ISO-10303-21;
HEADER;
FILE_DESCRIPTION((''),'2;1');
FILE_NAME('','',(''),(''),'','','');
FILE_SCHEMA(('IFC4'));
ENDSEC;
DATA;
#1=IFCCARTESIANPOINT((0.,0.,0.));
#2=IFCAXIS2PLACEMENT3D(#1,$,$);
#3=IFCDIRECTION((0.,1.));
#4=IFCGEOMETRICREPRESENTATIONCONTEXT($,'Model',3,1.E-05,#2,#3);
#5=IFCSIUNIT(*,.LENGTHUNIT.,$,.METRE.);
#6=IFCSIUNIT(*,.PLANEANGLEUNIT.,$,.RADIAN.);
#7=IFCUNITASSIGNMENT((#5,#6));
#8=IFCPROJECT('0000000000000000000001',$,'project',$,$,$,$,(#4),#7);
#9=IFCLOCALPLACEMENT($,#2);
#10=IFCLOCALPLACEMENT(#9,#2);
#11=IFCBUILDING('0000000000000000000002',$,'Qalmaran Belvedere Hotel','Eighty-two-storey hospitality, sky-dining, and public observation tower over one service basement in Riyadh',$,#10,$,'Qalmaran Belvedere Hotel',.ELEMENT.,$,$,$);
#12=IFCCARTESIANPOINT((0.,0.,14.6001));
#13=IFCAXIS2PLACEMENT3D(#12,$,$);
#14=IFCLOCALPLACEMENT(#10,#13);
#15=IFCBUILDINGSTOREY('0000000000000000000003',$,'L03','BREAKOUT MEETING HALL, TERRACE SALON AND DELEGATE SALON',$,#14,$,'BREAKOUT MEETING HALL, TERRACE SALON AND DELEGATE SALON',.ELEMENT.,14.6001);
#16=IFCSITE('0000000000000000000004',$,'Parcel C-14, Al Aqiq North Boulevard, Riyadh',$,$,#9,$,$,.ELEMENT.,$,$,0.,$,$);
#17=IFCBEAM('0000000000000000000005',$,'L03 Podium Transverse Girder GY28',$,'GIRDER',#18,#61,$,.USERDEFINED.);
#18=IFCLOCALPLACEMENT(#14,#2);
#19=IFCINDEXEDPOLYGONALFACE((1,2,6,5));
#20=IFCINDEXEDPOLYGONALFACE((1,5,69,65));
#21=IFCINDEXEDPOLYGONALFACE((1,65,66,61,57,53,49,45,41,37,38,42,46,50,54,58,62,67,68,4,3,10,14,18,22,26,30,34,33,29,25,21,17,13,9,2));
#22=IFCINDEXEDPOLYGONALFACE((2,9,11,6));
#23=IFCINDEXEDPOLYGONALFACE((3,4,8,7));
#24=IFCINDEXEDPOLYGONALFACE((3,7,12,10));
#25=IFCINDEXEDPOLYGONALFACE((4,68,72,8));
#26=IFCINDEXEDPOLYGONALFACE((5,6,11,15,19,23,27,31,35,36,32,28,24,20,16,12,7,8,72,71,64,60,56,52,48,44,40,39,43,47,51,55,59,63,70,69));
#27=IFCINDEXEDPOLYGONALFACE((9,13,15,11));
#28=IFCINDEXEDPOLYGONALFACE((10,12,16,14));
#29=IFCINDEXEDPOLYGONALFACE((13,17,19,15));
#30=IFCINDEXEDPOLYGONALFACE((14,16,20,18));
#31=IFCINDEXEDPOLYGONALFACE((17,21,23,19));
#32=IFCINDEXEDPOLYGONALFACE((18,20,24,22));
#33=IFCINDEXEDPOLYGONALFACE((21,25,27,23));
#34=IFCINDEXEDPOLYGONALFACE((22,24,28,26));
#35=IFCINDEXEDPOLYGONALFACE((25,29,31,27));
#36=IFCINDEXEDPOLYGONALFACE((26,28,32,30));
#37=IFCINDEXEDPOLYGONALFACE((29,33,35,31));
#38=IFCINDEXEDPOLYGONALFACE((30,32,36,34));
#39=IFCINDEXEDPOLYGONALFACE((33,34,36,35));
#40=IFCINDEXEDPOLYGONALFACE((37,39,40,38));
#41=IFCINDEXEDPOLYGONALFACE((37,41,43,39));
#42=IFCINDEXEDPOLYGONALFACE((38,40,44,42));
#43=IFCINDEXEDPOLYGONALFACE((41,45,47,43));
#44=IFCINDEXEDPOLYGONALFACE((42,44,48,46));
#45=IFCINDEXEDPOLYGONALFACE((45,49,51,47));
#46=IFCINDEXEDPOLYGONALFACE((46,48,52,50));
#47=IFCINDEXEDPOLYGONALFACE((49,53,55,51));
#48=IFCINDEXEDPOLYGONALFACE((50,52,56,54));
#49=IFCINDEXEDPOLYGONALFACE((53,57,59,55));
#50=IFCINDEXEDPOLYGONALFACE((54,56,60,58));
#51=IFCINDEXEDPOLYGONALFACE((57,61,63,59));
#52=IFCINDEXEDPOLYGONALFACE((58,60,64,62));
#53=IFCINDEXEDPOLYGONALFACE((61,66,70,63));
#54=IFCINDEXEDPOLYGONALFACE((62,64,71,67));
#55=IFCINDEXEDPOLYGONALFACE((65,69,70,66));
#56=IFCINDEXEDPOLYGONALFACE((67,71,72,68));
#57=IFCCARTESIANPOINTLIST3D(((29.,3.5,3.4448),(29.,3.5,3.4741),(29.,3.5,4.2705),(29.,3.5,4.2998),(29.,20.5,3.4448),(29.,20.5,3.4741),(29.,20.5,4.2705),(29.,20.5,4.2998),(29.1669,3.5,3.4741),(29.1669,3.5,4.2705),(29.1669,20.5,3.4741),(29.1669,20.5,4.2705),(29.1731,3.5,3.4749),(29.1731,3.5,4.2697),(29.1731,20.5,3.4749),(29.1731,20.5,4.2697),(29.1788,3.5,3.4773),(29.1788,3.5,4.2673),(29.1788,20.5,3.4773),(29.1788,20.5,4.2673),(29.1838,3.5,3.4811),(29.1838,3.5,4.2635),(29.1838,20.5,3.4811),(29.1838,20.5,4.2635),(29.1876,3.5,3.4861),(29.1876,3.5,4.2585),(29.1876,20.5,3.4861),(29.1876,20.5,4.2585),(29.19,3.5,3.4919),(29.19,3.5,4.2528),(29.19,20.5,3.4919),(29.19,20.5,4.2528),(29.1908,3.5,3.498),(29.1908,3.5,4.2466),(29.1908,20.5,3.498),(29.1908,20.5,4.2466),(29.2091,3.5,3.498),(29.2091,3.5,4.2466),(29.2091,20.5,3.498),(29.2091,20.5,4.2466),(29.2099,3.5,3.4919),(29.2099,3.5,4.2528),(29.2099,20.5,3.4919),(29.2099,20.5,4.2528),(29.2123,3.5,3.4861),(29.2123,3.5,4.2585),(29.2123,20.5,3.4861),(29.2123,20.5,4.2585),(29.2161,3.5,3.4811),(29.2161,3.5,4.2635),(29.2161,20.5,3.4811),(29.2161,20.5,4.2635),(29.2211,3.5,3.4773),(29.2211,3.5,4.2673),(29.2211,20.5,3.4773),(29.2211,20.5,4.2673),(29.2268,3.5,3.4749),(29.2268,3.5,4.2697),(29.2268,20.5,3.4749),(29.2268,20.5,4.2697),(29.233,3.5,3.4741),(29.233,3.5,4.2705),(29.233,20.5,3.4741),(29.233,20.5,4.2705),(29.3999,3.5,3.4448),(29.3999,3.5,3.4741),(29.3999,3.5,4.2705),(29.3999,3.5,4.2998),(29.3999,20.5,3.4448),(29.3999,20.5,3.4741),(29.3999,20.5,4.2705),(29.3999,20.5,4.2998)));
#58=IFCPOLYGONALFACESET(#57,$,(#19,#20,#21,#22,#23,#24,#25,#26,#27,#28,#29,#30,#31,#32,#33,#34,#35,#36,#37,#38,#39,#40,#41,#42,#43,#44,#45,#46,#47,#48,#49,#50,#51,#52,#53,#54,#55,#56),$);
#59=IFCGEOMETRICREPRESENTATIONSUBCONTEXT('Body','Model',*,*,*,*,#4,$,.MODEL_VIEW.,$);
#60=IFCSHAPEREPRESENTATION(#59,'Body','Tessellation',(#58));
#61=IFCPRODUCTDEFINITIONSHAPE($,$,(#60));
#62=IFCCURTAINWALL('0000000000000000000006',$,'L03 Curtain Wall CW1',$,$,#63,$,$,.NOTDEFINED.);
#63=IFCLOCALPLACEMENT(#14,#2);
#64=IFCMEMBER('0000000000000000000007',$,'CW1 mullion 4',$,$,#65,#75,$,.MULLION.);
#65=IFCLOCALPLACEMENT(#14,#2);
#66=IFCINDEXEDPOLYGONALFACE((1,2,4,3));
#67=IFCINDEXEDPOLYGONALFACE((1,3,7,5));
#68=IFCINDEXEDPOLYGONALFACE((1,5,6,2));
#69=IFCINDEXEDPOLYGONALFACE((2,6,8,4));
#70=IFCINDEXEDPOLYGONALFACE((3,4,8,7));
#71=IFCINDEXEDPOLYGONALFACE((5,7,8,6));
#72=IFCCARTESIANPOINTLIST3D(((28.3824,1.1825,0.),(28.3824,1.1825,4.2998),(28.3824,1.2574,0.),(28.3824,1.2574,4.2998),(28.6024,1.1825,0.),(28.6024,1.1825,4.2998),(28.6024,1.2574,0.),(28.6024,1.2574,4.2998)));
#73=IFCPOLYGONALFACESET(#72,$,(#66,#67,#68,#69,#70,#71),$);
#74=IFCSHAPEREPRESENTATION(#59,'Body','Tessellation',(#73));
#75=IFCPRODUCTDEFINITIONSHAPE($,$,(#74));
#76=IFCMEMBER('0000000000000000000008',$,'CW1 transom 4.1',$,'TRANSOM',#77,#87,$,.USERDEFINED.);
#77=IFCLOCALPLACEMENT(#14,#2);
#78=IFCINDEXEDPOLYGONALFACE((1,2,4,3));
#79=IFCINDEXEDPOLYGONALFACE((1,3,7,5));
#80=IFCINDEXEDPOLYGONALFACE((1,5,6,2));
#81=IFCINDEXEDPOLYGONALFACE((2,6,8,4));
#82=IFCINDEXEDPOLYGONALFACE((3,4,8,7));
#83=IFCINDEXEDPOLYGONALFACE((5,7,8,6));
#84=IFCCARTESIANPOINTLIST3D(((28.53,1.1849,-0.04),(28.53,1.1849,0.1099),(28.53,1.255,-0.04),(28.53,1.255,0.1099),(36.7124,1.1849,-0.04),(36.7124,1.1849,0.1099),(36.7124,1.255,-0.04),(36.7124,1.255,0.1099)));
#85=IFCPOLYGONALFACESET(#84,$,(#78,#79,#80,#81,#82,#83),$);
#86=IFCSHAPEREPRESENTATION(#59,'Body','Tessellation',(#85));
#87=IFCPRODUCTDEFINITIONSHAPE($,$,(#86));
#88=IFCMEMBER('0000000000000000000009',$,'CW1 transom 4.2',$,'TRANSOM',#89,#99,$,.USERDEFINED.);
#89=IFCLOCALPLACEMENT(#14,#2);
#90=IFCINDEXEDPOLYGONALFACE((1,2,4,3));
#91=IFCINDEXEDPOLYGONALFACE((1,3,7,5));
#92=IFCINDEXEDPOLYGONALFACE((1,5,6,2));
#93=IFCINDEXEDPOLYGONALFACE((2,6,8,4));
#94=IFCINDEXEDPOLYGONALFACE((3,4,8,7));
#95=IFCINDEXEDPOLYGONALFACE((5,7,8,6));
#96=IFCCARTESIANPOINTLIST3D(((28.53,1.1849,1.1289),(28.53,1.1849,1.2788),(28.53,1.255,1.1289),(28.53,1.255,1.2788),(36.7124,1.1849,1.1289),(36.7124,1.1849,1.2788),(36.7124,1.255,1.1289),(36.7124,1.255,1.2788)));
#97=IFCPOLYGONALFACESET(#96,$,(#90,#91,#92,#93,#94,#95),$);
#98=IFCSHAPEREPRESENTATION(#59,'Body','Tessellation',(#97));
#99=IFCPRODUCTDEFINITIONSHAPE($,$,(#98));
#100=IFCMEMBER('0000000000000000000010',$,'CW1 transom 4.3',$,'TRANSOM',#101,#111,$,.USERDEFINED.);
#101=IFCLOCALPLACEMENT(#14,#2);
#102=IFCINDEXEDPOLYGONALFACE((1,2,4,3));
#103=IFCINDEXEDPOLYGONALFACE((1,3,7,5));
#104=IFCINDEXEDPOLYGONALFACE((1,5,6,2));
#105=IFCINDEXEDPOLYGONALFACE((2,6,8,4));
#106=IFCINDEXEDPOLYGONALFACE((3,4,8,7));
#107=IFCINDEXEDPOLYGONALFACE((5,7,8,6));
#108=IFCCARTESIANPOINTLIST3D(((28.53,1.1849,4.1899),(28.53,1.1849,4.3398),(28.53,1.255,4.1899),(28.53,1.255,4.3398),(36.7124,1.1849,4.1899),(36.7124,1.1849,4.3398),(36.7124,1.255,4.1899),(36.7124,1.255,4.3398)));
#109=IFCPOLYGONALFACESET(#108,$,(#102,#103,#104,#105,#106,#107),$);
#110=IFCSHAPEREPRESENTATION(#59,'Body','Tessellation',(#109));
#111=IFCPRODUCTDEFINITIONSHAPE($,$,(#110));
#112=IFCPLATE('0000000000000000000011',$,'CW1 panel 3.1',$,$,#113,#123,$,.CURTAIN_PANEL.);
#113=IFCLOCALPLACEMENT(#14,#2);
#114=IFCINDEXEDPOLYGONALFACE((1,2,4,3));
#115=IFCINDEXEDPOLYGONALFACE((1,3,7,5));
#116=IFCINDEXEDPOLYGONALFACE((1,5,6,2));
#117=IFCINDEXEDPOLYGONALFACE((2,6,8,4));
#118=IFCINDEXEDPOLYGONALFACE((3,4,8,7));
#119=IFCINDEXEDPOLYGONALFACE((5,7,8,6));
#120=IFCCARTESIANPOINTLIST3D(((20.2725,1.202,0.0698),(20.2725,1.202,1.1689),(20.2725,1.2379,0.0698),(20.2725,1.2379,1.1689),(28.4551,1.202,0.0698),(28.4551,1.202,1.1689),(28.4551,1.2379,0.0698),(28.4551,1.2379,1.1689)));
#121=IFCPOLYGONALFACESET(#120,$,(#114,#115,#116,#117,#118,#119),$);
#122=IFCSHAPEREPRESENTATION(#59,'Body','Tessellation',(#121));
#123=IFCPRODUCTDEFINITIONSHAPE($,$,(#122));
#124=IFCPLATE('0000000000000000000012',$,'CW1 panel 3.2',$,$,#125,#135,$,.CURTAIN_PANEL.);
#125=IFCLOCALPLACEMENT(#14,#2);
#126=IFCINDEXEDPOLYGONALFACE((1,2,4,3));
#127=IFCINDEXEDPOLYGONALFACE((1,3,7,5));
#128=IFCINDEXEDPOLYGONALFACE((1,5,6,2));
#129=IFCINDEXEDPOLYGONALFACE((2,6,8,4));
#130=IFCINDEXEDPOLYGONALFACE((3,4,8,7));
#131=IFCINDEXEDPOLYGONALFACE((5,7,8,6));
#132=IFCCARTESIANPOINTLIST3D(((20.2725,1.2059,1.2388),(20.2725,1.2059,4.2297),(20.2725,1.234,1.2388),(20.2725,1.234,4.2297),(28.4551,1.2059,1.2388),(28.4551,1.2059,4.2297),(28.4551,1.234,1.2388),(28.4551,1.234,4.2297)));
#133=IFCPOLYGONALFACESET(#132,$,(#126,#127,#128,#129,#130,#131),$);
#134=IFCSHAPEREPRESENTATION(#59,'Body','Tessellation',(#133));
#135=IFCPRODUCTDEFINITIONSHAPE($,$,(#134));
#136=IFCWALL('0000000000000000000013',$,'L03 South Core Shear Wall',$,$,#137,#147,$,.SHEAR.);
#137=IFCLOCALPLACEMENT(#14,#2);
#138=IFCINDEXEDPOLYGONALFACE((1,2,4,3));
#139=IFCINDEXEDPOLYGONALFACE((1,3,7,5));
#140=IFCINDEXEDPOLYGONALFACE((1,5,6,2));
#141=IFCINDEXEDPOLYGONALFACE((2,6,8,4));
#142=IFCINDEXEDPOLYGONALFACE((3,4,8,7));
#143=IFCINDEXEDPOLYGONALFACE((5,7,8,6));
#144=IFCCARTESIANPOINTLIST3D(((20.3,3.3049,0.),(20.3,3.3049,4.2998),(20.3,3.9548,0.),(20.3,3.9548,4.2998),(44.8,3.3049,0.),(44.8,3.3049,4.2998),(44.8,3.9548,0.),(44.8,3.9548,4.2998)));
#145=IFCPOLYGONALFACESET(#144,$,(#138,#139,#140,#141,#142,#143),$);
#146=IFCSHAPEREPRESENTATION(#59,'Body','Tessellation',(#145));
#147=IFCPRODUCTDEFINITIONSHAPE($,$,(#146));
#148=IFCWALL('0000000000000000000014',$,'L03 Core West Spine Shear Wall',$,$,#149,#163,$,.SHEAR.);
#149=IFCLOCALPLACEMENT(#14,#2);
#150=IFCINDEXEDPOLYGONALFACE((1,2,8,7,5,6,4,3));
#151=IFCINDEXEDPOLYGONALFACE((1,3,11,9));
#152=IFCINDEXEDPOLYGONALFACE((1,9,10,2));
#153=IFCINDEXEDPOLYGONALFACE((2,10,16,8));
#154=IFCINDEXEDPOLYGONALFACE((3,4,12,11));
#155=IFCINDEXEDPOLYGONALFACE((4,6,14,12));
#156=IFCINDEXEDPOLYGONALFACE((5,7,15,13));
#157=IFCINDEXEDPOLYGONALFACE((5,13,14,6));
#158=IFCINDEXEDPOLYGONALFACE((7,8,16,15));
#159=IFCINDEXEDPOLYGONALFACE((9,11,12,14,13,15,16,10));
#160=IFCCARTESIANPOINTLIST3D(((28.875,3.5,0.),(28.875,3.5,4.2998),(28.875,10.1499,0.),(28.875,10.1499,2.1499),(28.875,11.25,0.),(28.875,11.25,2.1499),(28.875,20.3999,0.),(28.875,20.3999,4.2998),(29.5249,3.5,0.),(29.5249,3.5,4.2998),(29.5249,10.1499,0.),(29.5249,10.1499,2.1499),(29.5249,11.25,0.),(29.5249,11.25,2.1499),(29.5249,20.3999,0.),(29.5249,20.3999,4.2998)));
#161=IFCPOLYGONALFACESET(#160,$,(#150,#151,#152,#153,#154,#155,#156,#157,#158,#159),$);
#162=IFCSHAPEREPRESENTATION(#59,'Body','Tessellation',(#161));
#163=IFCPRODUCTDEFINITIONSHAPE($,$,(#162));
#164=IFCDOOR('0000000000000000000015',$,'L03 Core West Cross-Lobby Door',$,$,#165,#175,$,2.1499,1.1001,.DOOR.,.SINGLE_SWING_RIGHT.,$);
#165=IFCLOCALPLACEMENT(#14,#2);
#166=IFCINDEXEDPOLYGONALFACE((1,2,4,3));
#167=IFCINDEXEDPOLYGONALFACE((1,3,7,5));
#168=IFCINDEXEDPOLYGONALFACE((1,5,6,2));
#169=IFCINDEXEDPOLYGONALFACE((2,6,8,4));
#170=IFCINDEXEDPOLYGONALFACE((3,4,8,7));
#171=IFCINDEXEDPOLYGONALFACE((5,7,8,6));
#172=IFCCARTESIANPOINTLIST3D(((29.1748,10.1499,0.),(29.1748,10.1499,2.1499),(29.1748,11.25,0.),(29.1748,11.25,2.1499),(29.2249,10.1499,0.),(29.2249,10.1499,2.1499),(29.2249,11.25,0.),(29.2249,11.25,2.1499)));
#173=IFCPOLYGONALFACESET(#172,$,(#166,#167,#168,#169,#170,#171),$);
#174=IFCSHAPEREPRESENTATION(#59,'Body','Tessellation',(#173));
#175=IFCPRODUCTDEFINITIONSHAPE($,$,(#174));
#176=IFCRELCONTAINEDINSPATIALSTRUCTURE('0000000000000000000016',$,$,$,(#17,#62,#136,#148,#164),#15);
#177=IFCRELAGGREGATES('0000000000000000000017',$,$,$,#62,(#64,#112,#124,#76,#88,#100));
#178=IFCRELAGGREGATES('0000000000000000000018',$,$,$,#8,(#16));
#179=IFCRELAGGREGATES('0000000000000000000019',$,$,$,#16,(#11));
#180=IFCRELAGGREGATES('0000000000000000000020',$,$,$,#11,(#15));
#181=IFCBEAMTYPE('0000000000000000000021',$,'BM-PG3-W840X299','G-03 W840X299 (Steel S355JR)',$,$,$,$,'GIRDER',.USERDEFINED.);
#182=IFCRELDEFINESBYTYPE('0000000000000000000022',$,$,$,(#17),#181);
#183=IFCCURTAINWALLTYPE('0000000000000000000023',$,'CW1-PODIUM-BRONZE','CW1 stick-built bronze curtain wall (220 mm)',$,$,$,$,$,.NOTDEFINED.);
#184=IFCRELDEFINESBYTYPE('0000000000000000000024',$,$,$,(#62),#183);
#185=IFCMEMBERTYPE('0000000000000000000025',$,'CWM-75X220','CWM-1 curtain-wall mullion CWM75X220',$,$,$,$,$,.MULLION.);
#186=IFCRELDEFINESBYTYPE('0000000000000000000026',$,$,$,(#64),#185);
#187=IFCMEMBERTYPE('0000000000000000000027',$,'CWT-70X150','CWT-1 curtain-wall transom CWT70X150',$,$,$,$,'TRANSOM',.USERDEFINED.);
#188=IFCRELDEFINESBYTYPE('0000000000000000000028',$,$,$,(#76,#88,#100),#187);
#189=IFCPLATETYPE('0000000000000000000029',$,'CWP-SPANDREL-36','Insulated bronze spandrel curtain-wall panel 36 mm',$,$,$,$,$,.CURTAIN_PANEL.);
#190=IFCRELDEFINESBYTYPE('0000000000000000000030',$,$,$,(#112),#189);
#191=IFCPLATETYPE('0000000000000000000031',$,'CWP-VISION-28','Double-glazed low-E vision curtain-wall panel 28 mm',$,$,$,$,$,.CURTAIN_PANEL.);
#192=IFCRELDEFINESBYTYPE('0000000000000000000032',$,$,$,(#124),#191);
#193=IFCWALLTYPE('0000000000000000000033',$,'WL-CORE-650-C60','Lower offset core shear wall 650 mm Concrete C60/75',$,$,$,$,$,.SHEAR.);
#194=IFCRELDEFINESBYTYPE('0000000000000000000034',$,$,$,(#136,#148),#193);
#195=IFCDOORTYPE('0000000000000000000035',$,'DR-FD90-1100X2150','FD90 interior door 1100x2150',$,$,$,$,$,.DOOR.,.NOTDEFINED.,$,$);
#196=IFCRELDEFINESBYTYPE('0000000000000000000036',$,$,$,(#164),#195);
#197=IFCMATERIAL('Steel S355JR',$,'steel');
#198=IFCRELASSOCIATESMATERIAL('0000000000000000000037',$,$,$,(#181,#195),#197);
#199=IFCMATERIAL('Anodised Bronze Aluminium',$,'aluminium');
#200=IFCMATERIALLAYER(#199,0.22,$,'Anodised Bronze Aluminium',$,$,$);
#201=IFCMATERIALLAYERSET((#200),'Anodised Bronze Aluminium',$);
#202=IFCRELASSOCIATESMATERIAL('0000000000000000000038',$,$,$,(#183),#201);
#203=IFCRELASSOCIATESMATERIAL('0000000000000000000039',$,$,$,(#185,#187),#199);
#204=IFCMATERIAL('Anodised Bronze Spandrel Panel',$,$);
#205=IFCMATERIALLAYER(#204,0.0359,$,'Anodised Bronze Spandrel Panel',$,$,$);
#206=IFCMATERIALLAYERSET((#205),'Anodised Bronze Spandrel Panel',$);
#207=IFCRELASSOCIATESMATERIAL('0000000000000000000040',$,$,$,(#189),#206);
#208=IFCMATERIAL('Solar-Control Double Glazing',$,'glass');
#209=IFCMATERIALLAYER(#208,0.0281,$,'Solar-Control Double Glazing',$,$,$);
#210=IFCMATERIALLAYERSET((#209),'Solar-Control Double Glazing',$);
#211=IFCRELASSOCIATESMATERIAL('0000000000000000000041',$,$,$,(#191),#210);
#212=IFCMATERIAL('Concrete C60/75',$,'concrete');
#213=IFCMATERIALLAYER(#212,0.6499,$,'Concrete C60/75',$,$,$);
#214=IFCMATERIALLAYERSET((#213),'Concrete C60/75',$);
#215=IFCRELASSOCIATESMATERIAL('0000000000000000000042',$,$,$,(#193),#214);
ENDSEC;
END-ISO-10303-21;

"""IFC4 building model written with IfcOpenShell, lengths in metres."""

from ifc_helpers import new_model, si_unit, direction, frame, frame_2d, origin, origin_2d, place, context, subcontext, project, spatial, rectangle, i_section, extrude, material, layer, layer_set, material_profile, profile_set, type_object, element, fill, aggregate, save


model = new_model("IFC4")

# Units and contexts
model_context = context("Model", 3, precision=1e-05, world=origin(), true_north=direction((0.0, 1.0)))
body_context = subcontext(model_context, "Body", "Model", "MODEL_VIEW")
ifc_project = project(units=[si_unit("LENGTHUNIT", "METRE"), si_unit("PLANEANGLEUNIT", "RADIAN")], contexts=[model_context])

# Site, building, storey
site_placement = place(None, origin())
site = spatial("IfcSite", under=ifc_project, at=site_placement, Name="Parcel C-14, Al Aqiq North Boulevard, Riyadh", CompositionType="ELEMENT", RefElevation=0.0)
building_placement = place(site_placement, origin())
building = spatial("IfcBuilding", under=site, at=building_placement, Name="Qalmaran Belvedere Hotel", Description="Eighty-two-storey hospitality, sky-dining, and public observation tower over one service basement in Riyadh", LongName="Qalmaran Belvedere Hotel", CompositionType="ELEMENT")
storey_placement = place(building_placement, frame((0.0, 0.0, 14.6001)))
storey = spatial("IfcBuildingStorey", under=building, at=storey_placement, Name="L03", Description="BREAKOUT MEETING HALL, TERRACE SALON AND DELEGATE SALON", LongName="BREAKOUT MEETING HALL, TERRACE SALON AND DELEGATE SALON", CompositionType="ELEMENT", Elevation=14.6001)

# Shared definitions
ifc_material_1 = material(Name="Concrete C60/75", Category="concrete")

# Beam
ifc_material_2 = material(Name="Steel S355JR", Category="steel")
ifc_material_profile_1 = material_profile(ifc_material_2, i_section(OverallWidth=0.3999, OverallDepth=0.855, WebThickness=0.0183, FlangeThickness=0.0293, FilletRadius=0.0239, at=origin_2d()), Name="W840X299")
ifc_profile_set_1 = profile_set([ifc_material_profile_1], Name="Steel S355JR")
beam_type_1 = type_object("IfcBeamType", Name="BM-PG3-W840X299", Description="G-03 W840X299 (Steel S355JR)", ElementType="GIRDER", PredefinedType="USERDEFINED", material=ifc_profile_set_1)
beam_1_placement = place(storey_placement, frame((29.2, 3.5, 3.8723), z_axis=(0.0, 1.0, 0.0), x_axis=(-1.0, 0.0, 0.0)))
element("IfcBeam", 1, at=beam_1_placement, inside=storey, type_object=beam_type_1, Name="L03 Podium Transverse Girder GY28", ObjectType="GIRDER", PredefinedType="USERDEFINED", context=body_context, shape_type="SweptSolid", body=[
    extrude(i_section(OverallWidth=0.3999, OverallDepth=0.855, WebThickness=0.0183, FlangeThickness=0.0293, FilletRadius=0.0239, at=origin_2d()), origin(), (0.0, 0.0, 1.0), 17.0),
])

# Curtain wall, members, plates
ifc_material_3 = material(Name="Anodised Bronze Aluminium", Category="aluminium")
ifc_layer_1 = layer(ifc_material_3, 0.22, Name="Anodised Bronze Aluminium")
ifc_layer_set_1 = layer_set([ifc_layer_1], Name="Anodised Bronze Aluminium")
curtain_wall_type = type_object("IfcCurtainWallType", Name="CW1-PODIUM-BRONZE", Description="CW1 stick-built bronze curtain wall (220 mm)", PredefinedType="NOTDEFINED", material=ifc_layer_set_1)
curtain_wall_placement = place(storey_placement, origin())
curtain_wall = element("IfcCurtainWall", 2, at=curtain_wall_placement, inside=storey, type_object=curtain_wall_type, Name="L03 Curtain Wall CW1", PredefinedType="NOTDEFINED")
ifc_material_profile_2 = material_profile(ifc_material_3, rectangle(XDim=0.075, YDim=0.22, at=origin_2d()), Name="CWM75X220")
ifc_profile_set_2 = profile_set([ifc_material_profile_2], Name="Anodised Bronze Aluminium")
member_type_1 = type_object("IfcMemberType", Name="CWM-75X220", Description="CWM-1 curtain-wall mullion CWM75X220", PredefinedType="MULLION", material=ifc_profile_set_2)
member_1_placement = place(storey_placement, frame((28.4924, 1.22, 0.0), z_axis=(0.0, 0.0, 1.0), x_axis=(0.0, 1.0, 0.0)))
member_1 = element("IfcMember", 3, at=member_1_placement, type_object=member_type_1, Name="CW1 mullion 4", PredefinedType="MULLION", context=body_context, shape_type="SweptSolid", body=[
    extrude(rectangle(XDim=0.075, YDim=0.22, at=origin_2d()), origin(), (0.0, 0.0, 1.0), 4.2998),
])
ifc_material_profile_3 = material_profile(ifc_material_3, rectangle(XDim=0.0701, YDim=0.1499, at=origin_2d()), Name="CWT70X150")
ifc_profile_set_3 = profile_set([ifc_material_profile_3], Name="Anodised Bronze Aluminium")
member_type_2 = type_object("IfcMemberType", Name="CWT-70X150", Description="CWT-1 curtain-wall transom CWT70X150", ElementType="TRANSOM", PredefinedType="USERDEFINED", material=ifc_profile_set_3)
member_2_placement = place(storey_placement, frame((28.53, 1.22, 0.0349), z_axis=(1.0, 0.0, 0.0), x_axis=(0.0, 1.0, 0.0)))
member_2 = element("IfcMember", 4, at=member_2_placement, type_object=member_type_2, Name="CW1 transom 4.1", ObjectType="TRANSOM", PredefinedType="USERDEFINED", context=body_context, shape_type="SweptSolid", body=[
    extrude(rectangle(XDim=0.0701, YDim=0.1499, at=origin_2d()), origin(), (0.0, 0.0, 1.0), 8.1824),
])
member_3_placement = place(storey_placement, frame((28.53, 1.22, 1.2039), z_axis=(1.0, 0.0, 0.0), x_axis=(0.0, 1.0, 0.0)))
member_3 = element("IfcMember", 5, at=member_3_placement, type_object=member_type_2, Name="CW1 transom 4.2", ObjectType="TRANSOM", PredefinedType="USERDEFINED", context=body_context, shape_type="SweptSolid", body=[
    extrude(rectangle(XDim=0.0701, YDim=0.1499, at=origin_2d()), origin(), (0.0, 0.0, 1.0), 8.1824),
])
member_4_placement = place(storey_placement, frame((28.53, 1.22, 4.2649), z_axis=(1.0, 0.0, 0.0), x_axis=(0.0, 1.0, 0.0)))
member_4 = element("IfcMember", 6, at=member_4_placement, type_object=member_type_2, Name="CW1 transom 4.3", ObjectType="TRANSOM", PredefinedType="USERDEFINED", context=body_context, shape_type="SweptSolid", body=[
    extrude(rectangle(XDim=0.0701, YDim=0.1499, at=origin_2d()), origin(), (0.0, 0.0, 1.0), 8.1824),
])
ifc_material_4 = material(Name="Anodised Bronze Spandrel Panel")
ifc_layer_2 = layer(ifc_material_4, 0.0359, Name="Anodised Bronze Spandrel Panel")
ifc_layer_set_2 = layer_set([ifc_layer_2], Name="Anodised Bronze Spandrel Panel")
plate_type_1 = type_object("IfcPlateType", Name="CWP-SPANDREL-36", Description="Insulated bronze spandrel curtain-wall panel 36 mm", PredefinedType="CURTAIN_PANEL", material=ifc_layer_set_2)
plate_1_placement = place(storey_placement, frame((24.3638, 1.22, 0.0698), z_axis=(0.0, 0.0, 1.0), x_axis=(1.0, 0.0, 0.0)))
plate_1 = element("IfcPlate", 7, at=plate_1_placement, type_object=plate_type_1, Name="CW1 panel 3.1", PredefinedType="CURTAIN_PANEL", context=body_context, shape_type="SweptSolid", body=[
    extrude(rectangle(XDim=8.1826, YDim=0.0359, at=origin_2d()), origin(), (0.0, 0.0, 1.0), 1.0991),
])
ifc_material_5 = material(Name="Solar-Control Double Glazing", Category="glass")
ifc_layer_3 = layer(ifc_material_5, 0.0281, Name="Solar-Control Double Glazing")
ifc_layer_set_3 = layer_set([ifc_layer_3], Name="Solar-Control Double Glazing")
plate_type_2 = type_object("IfcPlateType", Name="CWP-VISION-28", Description="Double-glazed low-E vision curtain-wall panel 28 mm", PredefinedType="CURTAIN_PANEL", material=ifc_layer_set_3)
plate_2_placement = place(storey_placement, frame((24.3638, 1.22, 1.2388), z_axis=(0.0, 0.0, 1.0), x_axis=(1.0, 0.0, 0.0)))
plate_2 = element("IfcPlate", 8, at=plate_2_placement, type_object=plate_type_2, Name="CW1 panel 3.2", PredefinedType="CURTAIN_PANEL", context=body_context, shape_type="SweptSolid", body=[
    extrude(rectangle(XDim=8.1826, YDim=0.0281, at=origin_2d()), origin(), (0.0, 0.0, 1.0), 2.991),
])
aggregate(curtain_wall, [member_1, plate_1, plate_2, member_2, member_3, member_4])

# Wall
ifc_layer_4 = layer(ifc_material_1, 0.6499, Name="Concrete C60/75")
ifc_layer_set_4 = layer_set([ifc_layer_4], Name="Concrete C60/75")
wall_type_1 = type_object("IfcWallType", Name="WL-CORE-650-C60", Description="Lower offset core shear wall 650 mm Concrete C60/75", PredefinedType="SHEAR", material=ifc_layer_set_4)
wall_1_placement = place(storey_placement, frame((20.3, 3.6299, 0.0), z_axis=(0.0, 0.0, 1.0), x_axis=(1.0, 0.0, 0.0)))
element("IfcWall", 9, at=wall_1_placement, inside=storey, type_object=wall_type_1, Name="L03 South Core Shear Wall", PredefinedType="SHEAR", context=body_context, shape_type="SweptSolid", body=[
    extrude(rectangle(XDim=24.5, YDim=0.6499, at=frame_2d((12.25, 0.0))), origin(), (0.0, 0.0, 1.0), 4.2998),
])

# Wall, opening, door
wall_2_placement = place(storey_placement, frame((29.2, 3.5, 0.0), z_axis=(0.0, 0.0, 1.0), x_axis=(0.0, 1.0, 0.0)))
wall_2 = element("IfcWall", 10, at=wall_2_placement, inside=storey, type_object=wall_type_1, Name="L03 Core West Spine Shear Wall", PredefinedType="SHEAR", context=body_context, shape_type="SweptSolid", body=[
    extrude(rectangle(XDim=16.8999, YDim=0.6499, at=frame_2d((8.45, 0.0))), origin(), (0.0, 0.0, 1.0), 4.2998),
])
opening_1_placement = place(wall_2_placement, frame((7.75, 0.0, 0.0), z_axis=(0.0, 0.0, 1.0), x_axis=(-1.0, 0.0, 0.0)))
opening_1 = element("IfcOpeningElement", 11, at=opening_1_placement, cuts=wall_2, PredefinedType="OPENING", context=body_context, shape_type="SweptSolid", body=[
    extrude(rectangle(XDim=1.1001, YDim=2.1499, at=frame_2d((0.55, 1.075))), frame((0.0, 0.335, 0.0), z_axis=(0.0, -1.0, 0.0), x_axis=(1.0, 0.0, 0.0)), (0.0, 0.0, 1.0), 0.6699),
])
door_type_1 = type_object("IfcDoorType", Name="DR-FD90-1100X2150", Description="FD90 interior door 1100x2150", OperationType="NOTDEFINED", PredefinedType="DOOR", material=ifc_material_2)
door_1_placement = place(opening_1_placement, origin())
door_1 = element("IfcDoor", 12, at=door_1_placement, inside=storey, type_object=door_type_1, Name="L03 Core West Cross-Lobby Door", OperationType="SINGLE_SWING_RIGHT", OverallHeight=2.1499, OverallWidth=1.1001, PredefinedType="DOOR", context=body_context, shape_type="SweptSolid", body=[
    extrude(rectangle(XDim=1.1001, YDim=2.1499, at=frame_2d((0.55, 1.075))), frame((0.0, 0.0249, 0.0), z_axis=(0.0, -1.0, 0.0), x_axis=(1.0, 0.0, 0.0)), (0.0, 0.0, 1.0), 0.05),
])
fill(opening_1, door_1)

save(model, "model.ifc")
